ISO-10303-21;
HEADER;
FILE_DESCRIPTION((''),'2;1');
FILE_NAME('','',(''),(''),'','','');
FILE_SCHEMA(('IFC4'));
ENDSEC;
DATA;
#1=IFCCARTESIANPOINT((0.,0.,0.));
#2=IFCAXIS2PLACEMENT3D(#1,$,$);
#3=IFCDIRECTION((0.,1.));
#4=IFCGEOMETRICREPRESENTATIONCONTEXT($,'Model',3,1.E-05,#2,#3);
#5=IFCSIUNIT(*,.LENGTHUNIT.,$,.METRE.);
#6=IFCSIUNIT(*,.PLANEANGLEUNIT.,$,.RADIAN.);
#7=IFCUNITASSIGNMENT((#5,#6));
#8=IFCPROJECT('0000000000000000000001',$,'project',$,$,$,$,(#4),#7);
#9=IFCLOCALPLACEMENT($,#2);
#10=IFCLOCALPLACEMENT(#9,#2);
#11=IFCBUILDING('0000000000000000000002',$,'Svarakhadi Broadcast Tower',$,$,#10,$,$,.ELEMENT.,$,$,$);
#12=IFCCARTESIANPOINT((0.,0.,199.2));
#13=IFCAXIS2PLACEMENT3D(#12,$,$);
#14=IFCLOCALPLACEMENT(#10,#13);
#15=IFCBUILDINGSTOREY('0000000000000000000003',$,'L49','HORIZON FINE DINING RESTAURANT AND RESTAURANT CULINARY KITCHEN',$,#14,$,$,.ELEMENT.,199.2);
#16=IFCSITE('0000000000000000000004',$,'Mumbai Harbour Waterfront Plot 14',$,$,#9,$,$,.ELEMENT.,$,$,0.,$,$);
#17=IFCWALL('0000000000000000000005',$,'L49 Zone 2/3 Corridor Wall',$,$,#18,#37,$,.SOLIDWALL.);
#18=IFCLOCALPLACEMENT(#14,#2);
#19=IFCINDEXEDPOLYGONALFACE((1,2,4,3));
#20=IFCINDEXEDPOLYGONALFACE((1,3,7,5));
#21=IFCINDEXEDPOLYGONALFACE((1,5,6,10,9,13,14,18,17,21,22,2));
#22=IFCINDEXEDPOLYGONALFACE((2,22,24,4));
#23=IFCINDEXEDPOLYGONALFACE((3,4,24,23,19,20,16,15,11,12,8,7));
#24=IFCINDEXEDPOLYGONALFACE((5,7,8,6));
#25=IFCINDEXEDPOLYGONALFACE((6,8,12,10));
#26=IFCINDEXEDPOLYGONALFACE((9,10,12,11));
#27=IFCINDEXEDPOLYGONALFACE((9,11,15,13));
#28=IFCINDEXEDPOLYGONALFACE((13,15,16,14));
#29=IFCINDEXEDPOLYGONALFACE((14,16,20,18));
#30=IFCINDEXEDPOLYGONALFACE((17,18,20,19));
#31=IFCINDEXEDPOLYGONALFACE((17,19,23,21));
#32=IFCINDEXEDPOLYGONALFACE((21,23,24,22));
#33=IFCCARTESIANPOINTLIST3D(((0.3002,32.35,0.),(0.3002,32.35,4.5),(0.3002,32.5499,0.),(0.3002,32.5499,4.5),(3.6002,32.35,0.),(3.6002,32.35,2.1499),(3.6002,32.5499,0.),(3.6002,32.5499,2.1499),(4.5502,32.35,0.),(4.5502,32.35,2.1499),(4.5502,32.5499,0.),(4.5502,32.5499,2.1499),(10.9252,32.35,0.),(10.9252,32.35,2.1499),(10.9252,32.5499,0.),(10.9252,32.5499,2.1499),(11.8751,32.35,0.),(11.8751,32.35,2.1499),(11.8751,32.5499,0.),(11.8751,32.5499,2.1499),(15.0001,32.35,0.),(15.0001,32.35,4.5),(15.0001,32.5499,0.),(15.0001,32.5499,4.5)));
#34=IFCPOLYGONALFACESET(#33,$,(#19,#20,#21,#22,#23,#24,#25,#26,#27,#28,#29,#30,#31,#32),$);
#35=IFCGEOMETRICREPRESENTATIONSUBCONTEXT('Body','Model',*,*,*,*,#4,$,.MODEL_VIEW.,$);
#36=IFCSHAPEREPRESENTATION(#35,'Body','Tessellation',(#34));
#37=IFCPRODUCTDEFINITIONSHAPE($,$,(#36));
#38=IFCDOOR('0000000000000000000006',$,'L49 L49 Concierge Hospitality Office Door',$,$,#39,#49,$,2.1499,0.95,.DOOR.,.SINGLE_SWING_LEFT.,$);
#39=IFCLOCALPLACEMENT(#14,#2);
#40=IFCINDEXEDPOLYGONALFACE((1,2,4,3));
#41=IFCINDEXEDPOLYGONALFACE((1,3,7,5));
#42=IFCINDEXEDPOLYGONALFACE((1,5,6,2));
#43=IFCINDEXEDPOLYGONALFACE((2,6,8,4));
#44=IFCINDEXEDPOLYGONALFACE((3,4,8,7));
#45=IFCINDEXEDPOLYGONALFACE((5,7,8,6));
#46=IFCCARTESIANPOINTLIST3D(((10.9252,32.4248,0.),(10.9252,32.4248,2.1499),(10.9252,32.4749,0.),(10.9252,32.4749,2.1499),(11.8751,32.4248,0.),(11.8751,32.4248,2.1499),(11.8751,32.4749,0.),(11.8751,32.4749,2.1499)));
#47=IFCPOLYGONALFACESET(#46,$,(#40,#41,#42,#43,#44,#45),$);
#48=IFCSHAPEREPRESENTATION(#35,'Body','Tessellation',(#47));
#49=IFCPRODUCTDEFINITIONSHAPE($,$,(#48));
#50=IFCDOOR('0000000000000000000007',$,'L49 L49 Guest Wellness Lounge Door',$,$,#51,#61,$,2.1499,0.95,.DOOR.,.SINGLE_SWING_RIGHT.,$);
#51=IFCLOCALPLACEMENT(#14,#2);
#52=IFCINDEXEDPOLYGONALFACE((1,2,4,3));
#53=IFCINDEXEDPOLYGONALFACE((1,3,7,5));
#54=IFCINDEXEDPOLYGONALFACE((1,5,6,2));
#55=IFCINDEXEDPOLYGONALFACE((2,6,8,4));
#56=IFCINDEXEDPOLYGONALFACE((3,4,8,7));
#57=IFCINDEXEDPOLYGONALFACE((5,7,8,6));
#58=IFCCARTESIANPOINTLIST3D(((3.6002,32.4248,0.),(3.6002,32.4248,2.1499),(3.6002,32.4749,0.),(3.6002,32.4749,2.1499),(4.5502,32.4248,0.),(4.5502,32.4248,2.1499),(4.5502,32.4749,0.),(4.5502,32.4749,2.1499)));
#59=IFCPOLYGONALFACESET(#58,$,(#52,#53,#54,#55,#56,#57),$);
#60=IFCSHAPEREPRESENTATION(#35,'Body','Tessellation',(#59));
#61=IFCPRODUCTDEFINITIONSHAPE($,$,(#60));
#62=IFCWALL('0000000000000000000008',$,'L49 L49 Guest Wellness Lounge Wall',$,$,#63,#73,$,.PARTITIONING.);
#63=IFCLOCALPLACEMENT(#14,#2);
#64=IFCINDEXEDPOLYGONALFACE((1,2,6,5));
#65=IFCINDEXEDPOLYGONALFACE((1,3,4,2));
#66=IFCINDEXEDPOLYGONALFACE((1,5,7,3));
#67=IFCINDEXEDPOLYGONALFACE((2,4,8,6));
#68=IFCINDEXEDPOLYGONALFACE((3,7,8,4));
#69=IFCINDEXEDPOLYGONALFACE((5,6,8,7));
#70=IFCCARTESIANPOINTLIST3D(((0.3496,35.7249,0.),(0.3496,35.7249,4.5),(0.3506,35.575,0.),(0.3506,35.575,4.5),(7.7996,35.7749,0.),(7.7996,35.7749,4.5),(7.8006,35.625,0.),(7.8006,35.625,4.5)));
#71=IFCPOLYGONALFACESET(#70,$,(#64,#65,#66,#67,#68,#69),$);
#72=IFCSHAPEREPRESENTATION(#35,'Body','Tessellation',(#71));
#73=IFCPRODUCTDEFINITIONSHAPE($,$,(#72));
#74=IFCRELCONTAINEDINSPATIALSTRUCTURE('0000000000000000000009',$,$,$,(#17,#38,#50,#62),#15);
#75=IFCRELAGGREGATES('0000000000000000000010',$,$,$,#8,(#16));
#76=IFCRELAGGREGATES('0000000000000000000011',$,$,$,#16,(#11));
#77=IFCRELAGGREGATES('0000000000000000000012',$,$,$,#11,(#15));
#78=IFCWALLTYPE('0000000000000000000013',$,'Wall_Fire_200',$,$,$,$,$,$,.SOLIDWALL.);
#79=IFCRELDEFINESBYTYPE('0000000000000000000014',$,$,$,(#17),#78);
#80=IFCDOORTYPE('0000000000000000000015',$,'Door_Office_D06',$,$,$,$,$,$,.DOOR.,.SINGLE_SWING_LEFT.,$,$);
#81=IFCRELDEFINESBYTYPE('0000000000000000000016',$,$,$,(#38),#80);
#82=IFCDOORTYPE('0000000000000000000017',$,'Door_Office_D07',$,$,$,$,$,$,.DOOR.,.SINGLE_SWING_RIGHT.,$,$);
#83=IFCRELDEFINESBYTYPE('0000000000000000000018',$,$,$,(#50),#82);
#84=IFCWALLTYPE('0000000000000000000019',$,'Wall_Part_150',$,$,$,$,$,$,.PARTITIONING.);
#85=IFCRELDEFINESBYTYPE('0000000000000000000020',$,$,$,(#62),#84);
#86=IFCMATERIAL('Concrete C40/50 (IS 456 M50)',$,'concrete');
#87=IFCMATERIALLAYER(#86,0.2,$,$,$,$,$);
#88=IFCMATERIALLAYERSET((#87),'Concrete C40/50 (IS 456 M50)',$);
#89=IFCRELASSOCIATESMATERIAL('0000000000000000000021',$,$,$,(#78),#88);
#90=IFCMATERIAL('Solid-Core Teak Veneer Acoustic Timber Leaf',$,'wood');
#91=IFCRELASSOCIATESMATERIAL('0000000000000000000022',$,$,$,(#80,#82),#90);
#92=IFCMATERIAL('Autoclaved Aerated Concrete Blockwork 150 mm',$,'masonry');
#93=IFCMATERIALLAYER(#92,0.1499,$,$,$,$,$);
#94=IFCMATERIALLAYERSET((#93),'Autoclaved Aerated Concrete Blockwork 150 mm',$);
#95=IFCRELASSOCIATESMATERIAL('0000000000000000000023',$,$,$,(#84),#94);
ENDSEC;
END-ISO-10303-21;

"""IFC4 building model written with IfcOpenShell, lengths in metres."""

from ifc_helpers import new_model, si_unit, direction, frame, frame_2d, origin, place, context, subcontext, project, spatial, rectangle, extrude, material, layer, layer_set, type_object, element, fill, save


model = new_model("IFC4")

# Units and contexts
model_context = context("Model", 3, precision=1e-05, world=origin(), true_north=direction((0.0, 1.0)))
body_context = subcontext(model_context, "Body", "Model", "MODEL_VIEW")
ifc_project = project(units=[si_unit("LENGTHUNIT", "METRE"), si_unit("PLANEANGLEUNIT", "RADIAN")], contexts=[model_context])

# Site, building, storey
site_placement = place(None, origin())
site = spatial("IfcSite", under=ifc_project, at=site_placement, Name="Mumbai Harbour Waterfront Plot 14", CompositionType="ELEMENT", RefElevation=0.0)
building_placement = place(site_placement, origin())
building = spatial("IfcBuilding", under=site, at=building_placement, Name="Svarakhadi Broadcast Tower", CompositionType="ELEMENT")
storey_placement = place(building_placement, frame((0.0, 0.0, 199.2)))
storey = spatial("IfcBuildingStorey", under=building, at=storey_placement, Name="L49", Description="HORIZON FINE DINING RESTAURANT AND RESTAURANT CULINARY KITCHEN", CompositionType="ELEMENT", Elevation=199.2)

# Wall, openings, doors
ifc_material_1 = material(Name="Concrete C40/50 (IS 456 M50)", Category="concrete")
ifc_layer_1 = layer(ifc_material_1, 0.2)
ifc_layer_set_1 = layer_set([ifc_layer_1], Name="Concrete C40/50 (IS 456 M50)")
wall_type_1 = type_object("IfcWallType", Name="Wall_Fire_200", PredefinedType="SOLIDWALL", material=ifc_layer_set_1)
wall_1_placement = place(storey_placement, frame((0.3, 32.45, 0.0), z_axis=(0.0, 0.0, 1.0), x_axis=(1.0, 0.0, 0.0)))
wall_1 = element("IfcWall", 1, at=wall_1_placement, inside=storey, type_object=wall_type_1, Name="L49 Zone 2/3 Corridor Wall", PredefinedType="SOLIDWALL", context=body_context, shape_type="SweptSolid", body=[
    extrude(rectangle(XDim=14.7, YDim=0.2, at=frame_2d((7.3501, 0.0))), origin(), (0.0, 0.0, 1.0), 4.5),
])
opening_1_placement = place(wall_1_placement, frame((3.3, 0.0, 0.0)))
opening_1 = element("IfcOpeningElement", 2, at=opening_1_placement, cuts=wall_1, PredefinedType="OPENING", context=body_context, shape_type="SweptSolid", body=[
    extrude(rectangle(XDim=0.95, YDim=2.1499, at=frame_2d((0.4751, 1.075))), frame((0.0, 0.1099, 0.0), z_axis=(0.0, -1.0, 0.0), x_axis=(1.0, 0.0, 0.0)), (0.0, 0.0, 1.0), 0.22),
])
opening_2_placement = place(wall_1_placement, frame((10.625, 0.0, 0.0)))
opening_2 = element("IfcOpeningElement", 3, at=opening_2_placement, cuts=wall_1, PredefinedType="OPENING", context=body_context, shape_type="SweptSolid", body=[
    extrude(rectangle(XDim=0.95, YDim=2.1499, at=frame_2d((0.4751, 1.075))), frame((0.0, 0.1099, 0.0), z_axis=(0.0, -1.0, 0.0), x_axis=(1.0, 0.0, 0.0)), (0.0, 0.0, 1.0), 0.22),
])
ifc_material_2 = material(Name="Solid-Core Teak Veneer Acoustic Timber Leaf", Category="wood")
door_type_1 = type_object("IfcDoorType", Name="Door_Office_D06", OperationType="SINGLE_SWING_LEFT", PredefinedType="DOOR", material=ifc_material_2)
door_1_placement = place(opening_2_placement, origin())
door_1 = element("IfcDoor", 4, at=door_1_placement, inside=storey, type_object=door_type_1, Name="L49 L49 Concierge Hospitality Office Door", OperationType="SINGLE_SWING_LEFT", OverallHeight=2.1499, OverallWidth=0.95, PredefinedType="DOOR", context=body_context, shape_type="SweptSolid", body=[
    extrude(rectangle(XDim=0.95, YDim=2.1499, at=frame_2d((0.4751, 1.075))), frame((0.0, 0.0249, 0.0), z_axis=(0.0, -1.0, 0.0), x_axis=(1.0, 0.0, 0.0)), (0.0, 0.0, 1.0), 0.05),
])
fill(opening_2, door_1)
door_type_2 = type_object("IfcDoorType", Name="Door_Office_D07", OperationType="SINGLE_SWING_RIGHT", PredefinedType="DOOR", material=ifc_material_2)
door_2_placement = place(opening_1_placement, origin())
door_2 = element("IfcDoor", 5, at=door_2_placement, inside=storey, type_object=door_type_2, Name="L49 L49 Guest Wellness Lounge Door", OperationType="SINGLE_SWING_RIGHT", OverallHeight=2.1499, OverallWidth=0.95, PredefinedType="DOOR", context=body_context, shape_type="SweptSolid", body=[
    extrude(rectangle(XDim=0.95, YDim=2.1499, at=frame_2d((0.4751, 1.075))), frame((0.0, 0.0249, 0.0), z_axis=(0.0, -1.0, 0.0), x_axis=(1.0, 0.0, 0.0)), (0.0, 0.0, 1.0), 0.05),
])
fill(opening_1, door_2)

# Wall
ifc_material_3 = material(Name="Autoclaved Aerated Concrete Blockwork 150 mm", Category="masonry")
ifc_layer_2 = layer(ifc_material_3, 0.1499)
ifc_layer_set_2 = layer_set([ifc_layer_2], Name="Autoclaved Aerated Concrete Blockwork 150 mm")
wall_type_2 = type_object("IfcWallType", Name="Wall_Part_150", PredefinedType="PARTITIONING", material=ifc_layer_set_2)
wall_2_placement = place(storey_placement, frame((0.3501, 35.6499, 0.0), z_axis=(0.0, 0.0, 1.0), x_axis=(0.999977, 0.006718, 0.0)))
element("IfcWall", 6, at=wall_2_placement, inside=storey, type_object=wall_type_2, Name="L49 L49 Guest Wellness Lounge Wall", PredefinedType="PARTITIONING", context=body_context, shape_type="SweptSolid", body=[
    extrude(rectangle(XDim=7.4502, YDim=0.1499, at=frame_2d((3.7251, 0.0))), origin(), (0.0, 0.0, 1.0), 4.5),
])

save(model, "model.ifc")
